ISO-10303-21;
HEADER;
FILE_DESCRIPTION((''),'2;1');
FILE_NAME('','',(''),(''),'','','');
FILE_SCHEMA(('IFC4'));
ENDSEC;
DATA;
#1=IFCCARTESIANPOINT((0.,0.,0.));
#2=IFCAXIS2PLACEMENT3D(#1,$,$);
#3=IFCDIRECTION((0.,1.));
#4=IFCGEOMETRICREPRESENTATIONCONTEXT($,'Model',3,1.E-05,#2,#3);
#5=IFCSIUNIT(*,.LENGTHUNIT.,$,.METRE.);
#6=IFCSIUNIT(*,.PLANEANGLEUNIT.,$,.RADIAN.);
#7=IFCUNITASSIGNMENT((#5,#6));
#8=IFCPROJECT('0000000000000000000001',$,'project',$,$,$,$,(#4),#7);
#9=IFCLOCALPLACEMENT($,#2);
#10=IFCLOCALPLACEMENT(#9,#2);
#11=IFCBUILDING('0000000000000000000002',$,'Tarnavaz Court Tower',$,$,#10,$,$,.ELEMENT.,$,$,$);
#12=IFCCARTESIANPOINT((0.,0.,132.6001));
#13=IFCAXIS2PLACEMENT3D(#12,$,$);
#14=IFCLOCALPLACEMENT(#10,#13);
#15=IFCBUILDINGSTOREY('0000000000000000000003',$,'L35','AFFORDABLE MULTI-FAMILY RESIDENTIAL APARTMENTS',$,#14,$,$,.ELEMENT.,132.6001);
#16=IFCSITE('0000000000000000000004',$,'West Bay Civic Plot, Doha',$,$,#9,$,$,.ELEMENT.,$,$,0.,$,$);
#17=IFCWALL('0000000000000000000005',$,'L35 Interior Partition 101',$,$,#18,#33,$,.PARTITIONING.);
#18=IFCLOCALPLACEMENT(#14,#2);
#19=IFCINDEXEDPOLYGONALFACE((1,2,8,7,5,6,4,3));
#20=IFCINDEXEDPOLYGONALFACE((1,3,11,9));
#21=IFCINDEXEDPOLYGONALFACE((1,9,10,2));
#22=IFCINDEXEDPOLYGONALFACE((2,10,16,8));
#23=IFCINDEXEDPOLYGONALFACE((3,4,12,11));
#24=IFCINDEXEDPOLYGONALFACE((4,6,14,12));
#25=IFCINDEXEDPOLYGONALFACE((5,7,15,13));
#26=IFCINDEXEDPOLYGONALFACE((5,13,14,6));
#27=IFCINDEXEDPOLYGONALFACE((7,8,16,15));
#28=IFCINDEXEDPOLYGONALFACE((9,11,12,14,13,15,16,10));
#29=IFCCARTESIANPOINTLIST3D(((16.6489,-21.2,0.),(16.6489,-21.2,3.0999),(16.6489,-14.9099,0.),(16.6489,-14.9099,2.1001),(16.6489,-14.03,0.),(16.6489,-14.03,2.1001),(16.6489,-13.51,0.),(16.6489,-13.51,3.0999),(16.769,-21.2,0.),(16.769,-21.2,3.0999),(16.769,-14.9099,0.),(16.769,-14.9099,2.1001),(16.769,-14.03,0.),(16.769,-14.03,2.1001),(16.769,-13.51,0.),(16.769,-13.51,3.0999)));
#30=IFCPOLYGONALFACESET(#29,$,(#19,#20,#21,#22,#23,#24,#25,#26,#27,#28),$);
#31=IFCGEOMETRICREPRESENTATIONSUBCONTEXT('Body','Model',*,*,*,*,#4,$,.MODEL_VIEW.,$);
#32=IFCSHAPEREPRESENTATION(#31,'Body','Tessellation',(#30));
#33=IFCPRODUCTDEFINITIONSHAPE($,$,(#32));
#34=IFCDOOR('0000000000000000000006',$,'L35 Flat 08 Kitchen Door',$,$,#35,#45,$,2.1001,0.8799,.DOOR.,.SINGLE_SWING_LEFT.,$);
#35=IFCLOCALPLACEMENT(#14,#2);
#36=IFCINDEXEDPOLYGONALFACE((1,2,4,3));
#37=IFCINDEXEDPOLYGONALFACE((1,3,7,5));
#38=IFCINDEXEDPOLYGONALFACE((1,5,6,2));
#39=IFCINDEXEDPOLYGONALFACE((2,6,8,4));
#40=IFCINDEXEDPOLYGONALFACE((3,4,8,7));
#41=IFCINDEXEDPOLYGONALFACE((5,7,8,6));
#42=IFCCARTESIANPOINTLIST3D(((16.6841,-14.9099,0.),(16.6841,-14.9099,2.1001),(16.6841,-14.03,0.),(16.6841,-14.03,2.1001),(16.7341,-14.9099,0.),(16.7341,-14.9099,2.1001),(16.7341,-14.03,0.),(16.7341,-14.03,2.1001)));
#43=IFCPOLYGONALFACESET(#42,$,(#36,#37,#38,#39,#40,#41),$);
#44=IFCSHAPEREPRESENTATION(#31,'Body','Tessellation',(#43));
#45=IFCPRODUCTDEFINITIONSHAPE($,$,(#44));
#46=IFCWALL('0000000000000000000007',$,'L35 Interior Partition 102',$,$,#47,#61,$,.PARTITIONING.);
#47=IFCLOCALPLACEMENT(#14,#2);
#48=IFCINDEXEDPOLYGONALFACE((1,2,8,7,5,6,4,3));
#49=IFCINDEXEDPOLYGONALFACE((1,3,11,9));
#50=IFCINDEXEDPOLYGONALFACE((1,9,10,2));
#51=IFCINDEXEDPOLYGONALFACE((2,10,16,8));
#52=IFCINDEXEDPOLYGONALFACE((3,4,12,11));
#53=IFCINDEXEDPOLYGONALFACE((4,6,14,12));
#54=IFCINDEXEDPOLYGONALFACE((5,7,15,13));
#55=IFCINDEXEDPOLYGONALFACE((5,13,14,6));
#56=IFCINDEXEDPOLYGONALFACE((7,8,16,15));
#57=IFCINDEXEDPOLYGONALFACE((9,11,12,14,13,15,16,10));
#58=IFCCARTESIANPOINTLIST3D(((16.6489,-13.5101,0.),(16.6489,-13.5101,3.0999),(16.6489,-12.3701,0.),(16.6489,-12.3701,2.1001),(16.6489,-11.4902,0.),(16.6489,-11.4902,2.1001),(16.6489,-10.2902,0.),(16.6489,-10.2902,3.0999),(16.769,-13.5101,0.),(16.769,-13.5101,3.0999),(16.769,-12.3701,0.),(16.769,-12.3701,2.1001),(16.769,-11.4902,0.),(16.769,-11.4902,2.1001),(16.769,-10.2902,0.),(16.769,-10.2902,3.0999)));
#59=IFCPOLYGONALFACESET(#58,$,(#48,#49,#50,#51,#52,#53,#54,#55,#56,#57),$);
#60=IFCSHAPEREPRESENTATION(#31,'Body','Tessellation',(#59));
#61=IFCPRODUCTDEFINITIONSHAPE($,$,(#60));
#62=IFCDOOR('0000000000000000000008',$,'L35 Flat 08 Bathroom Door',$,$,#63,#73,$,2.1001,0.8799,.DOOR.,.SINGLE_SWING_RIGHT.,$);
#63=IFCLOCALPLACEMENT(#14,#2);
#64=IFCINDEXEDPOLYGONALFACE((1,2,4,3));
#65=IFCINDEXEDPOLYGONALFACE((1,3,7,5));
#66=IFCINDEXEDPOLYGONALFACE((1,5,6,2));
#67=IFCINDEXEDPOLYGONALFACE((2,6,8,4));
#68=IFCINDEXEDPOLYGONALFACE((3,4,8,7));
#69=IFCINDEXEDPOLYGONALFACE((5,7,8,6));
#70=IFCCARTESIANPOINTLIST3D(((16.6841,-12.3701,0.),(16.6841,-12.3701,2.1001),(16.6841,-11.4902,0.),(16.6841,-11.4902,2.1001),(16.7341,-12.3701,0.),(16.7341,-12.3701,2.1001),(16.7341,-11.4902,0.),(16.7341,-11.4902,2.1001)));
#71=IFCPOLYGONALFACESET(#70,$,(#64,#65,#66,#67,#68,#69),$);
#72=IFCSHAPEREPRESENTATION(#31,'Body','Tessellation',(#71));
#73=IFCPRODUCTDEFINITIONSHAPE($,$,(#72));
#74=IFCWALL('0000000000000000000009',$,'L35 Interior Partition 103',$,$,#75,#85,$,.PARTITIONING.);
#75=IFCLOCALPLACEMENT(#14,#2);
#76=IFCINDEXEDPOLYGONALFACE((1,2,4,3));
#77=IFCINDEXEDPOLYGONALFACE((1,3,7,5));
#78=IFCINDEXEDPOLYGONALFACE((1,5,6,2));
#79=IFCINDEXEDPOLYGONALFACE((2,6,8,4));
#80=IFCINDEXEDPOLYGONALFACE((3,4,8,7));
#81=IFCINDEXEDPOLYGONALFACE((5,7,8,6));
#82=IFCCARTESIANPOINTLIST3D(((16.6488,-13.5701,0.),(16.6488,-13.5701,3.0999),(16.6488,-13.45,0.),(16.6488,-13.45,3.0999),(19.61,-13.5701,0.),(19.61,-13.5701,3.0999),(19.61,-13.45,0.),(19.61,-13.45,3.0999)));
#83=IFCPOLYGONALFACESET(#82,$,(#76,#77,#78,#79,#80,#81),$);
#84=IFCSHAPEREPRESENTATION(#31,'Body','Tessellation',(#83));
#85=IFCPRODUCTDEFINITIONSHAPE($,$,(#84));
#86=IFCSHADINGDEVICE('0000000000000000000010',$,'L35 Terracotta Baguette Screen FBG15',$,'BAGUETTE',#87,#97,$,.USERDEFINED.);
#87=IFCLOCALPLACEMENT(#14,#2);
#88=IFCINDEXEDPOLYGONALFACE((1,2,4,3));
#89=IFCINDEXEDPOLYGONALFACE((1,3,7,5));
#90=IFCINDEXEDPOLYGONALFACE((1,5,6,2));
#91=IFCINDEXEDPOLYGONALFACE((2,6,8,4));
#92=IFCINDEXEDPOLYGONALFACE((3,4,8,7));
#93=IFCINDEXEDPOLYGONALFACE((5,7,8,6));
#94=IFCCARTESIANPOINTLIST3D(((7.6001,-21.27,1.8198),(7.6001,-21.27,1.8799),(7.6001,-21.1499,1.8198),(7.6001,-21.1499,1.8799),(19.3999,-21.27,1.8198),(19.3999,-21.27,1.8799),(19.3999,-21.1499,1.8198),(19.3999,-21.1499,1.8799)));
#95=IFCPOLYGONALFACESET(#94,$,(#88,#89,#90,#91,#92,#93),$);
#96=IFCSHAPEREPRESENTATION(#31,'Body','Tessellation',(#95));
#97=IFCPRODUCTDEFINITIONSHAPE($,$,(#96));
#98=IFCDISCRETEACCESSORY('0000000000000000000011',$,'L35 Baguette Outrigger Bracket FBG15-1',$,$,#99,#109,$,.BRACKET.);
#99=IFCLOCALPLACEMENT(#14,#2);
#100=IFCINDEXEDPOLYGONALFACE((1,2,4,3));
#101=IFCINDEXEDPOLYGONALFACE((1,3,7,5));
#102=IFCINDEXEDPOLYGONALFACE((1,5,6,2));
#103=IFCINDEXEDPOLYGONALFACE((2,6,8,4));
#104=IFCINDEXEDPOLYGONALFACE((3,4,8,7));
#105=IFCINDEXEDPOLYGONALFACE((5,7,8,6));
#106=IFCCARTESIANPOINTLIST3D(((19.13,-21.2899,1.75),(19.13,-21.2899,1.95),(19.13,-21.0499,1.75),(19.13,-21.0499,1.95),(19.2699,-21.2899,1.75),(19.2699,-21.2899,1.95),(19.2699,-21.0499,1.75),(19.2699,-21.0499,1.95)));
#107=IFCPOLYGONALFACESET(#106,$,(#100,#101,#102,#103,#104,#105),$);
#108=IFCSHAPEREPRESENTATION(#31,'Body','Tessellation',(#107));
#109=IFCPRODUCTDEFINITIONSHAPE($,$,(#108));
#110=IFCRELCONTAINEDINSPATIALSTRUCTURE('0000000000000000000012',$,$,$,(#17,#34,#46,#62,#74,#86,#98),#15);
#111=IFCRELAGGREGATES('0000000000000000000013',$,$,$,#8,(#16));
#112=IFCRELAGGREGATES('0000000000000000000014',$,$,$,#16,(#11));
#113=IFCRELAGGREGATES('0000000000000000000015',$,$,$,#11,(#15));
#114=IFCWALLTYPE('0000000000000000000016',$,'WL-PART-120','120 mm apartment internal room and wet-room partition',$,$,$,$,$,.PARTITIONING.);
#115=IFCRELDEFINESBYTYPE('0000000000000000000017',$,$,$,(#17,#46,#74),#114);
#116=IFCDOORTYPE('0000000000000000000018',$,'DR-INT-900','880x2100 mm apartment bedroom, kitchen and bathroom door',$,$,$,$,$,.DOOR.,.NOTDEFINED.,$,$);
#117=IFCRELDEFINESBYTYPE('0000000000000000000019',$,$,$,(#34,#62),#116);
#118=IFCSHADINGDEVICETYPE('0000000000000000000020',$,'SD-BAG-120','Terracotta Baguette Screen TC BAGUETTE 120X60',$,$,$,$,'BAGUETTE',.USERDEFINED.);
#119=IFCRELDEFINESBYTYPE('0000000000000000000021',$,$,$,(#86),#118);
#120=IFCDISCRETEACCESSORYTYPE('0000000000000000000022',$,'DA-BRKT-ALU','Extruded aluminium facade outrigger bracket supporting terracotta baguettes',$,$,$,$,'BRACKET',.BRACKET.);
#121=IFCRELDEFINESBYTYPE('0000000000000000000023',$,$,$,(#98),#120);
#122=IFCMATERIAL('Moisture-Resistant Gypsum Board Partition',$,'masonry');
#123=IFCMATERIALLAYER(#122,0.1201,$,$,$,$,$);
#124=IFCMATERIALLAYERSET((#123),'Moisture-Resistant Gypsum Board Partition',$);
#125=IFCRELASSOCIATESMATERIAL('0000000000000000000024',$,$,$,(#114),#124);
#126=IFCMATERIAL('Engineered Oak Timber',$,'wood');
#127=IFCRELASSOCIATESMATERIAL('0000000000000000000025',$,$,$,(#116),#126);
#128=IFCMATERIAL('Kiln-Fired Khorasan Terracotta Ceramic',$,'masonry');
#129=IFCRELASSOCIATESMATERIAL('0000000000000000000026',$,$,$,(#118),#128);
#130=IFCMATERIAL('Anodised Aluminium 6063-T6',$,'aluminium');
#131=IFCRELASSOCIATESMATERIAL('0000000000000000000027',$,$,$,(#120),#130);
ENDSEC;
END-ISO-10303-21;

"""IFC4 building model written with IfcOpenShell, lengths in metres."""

from ifc_helpers import new_model, si_unit, direction, frame, frame_2d, origin, origin_2d, place, context, subcontext, project, spatial, rectangle, extrude, material, layer, layer_set, material_profile, profile_set, type_object, element, fill, save


model = new_model("IFC4")

# Units and contexts
model_context = context("Model", 3, precision=1e-05, world=origin(), true_north=direction((0.0, 1.0)))
body_context = subcontext(model_context, "Body", "Model", "MODEL_VIEW")
ifc_project = project(units=[si_unit("LENGTHUNIT", "METRE"), si_unit("PLANEANGLEUNIT", "RADIAN")], contexts=[model_context])

# Site, building, storey
site_placement = place(None, origin())
site = spatial("IfcSite", under=ifc_project, at=site_placement, Name="West Bay Civic Plot, Doha", CompositionType="ELEMENT", RefElevation=0.0)
building_placement = place(site_placement, origin())
building = spatial("IfcBuilding", under=site, at=building_placement, Name="Tarnavaz Court Tower", CompositionType="ELEMENT")
storey_placement = place(building_placement, frame((0.0, 0.0, 132.6001)))
storey = spatial("IfcBuildingStorey", under=building, at=storey_placement, Name="L35", Description="AFFORDABLE MULTI-FAMILY RESIDENTIAL APARTMENTS", CompositionType="ELEMENT", Elevation=132.6001)

# Walls, openings, doors
ifc_material_1 = material(Name="Moisture-Resistant Gypsum Board Partition", Category="masonry")
ifc_layer_1 = layer(ifc_material_1, 0.1201)
ifc_layer_set_1 = layer_set([ifc_layer_1], Name="Moisture-Resistant Gypsum Board Partition")
wall_type_1 = type_object("IfcWallType", Name="WL-PART-120", Description="120 mm apartment internal room and wet-room partition", PredefinedType="PARTITIONING", material=ifc_layer_set_1)
ifc_material_2 = material(Name="Engineered Oak Timber", Category="wood")
door_type = type_object("IfcDoorType", Name="DR-INT-900", Description="880x2100 mm apartment bedroom, kitchen and bathroom door", OperationType="NOTDEFINED", PredefinedType="DOOR", material=ifc_material_2)
wall_1_placement = place(storey_placement, frame((16.709, -21.2, 0.0), z_axis=(0.0, 0.0, 1.0), x_axis=(0.0, 1.0, 0.0)))
wall_1 = element("IfcWall", 1, at=wall_1_placement, inside=storey, type_object=wall_type_1, Name="L35 Interior Partition 101", PredefinedType="PARTITIONING", context=body_context, shape_type="SweptSolid", body=[
    extrude(rectangle(XDim=7.6899, YDim=0.1201, at=frame_2d((3.845, 0.0))), origin(), (0.0, 0.0, 1.0), 3.0999),
])
opening_1_placement = place(wall_1_placement, frame((6.29, 0.0, 0.0)))
opening_1 = element("IfcOpeningElement", 2, at=opening_1_placement, cuts=wall_1, PredefinedType="OPENING", context=body_context, shape_type="SweptSolid", body=[
    extrude(rectangle(XDim=0.8799, YDim=2.1001, at=frame_2d((0.4399, 1.05))), frame((0.0, 0.0701, 0.0), z_axis=(0.0, -1.0, 0.0), x_axis=(1.0, 0.0, 0.0)), (0.0, 0.0, 1.0), 0.1401),
])
door_1_placement = place(opening_1_placement, origin())
door_1 = element("IfcDoor", 3, at=door_1_placement, inside=storey, type_object=door_type, Name="L35 Flat 08 Kitchen Door", OperationType="SINGLE_SWING_LEFT", OverallHeight=2.1001, OverallWidth=0.8799, PredefinedType="DOOR", context=body_context, shape_type="SweptSolid", body=[
    extrude(rectangle(XDim=0.8799, YDim=2.1001, at=frame_2d((0.4399, 1.05))), frame((0.0, 0.0249, 0.0), z_axis=(0.0, -1.0, 0.0), x_axis=(1.0, 0.0, 0.0)), (0.0, 0.0, 1.0), 0.05),
])
fill(opening_1, door_1)
wall_2_placement = place(storey_placement, frame((16.709, -13.51, 0.0), z_axis=(0.0, 0.0, 1.0), x_axis=(0.0, 1.0, 0.0)))
wall_2 = element("IfcWall", 4, at=wall_2_placement, inside=storey, type_object=wall_type_1, Name="L35 Interior Partition 102", PredefinedType="PARTITIONING", context=body_context, shape_type="SweptSolid", body=[
    extrude(rectangle(XDim=3.22, YDim=0.1201, at=frame_2d((1.6099, 0.0))), origin(), (0.0, 0.0, 1.0), 3.0999),
])
opening_2_placement = place(wall_2_placement, frame((1.1399, 0.0, 0.0)))
opening_2 = element("IfcOpeningElement", 5, at=opening_2_placement, cuts=wall_2, PredefinedType="OPENING", context=body_context, shape_type="SweptSolid", body=[
    extrude(rectangle(XDim=0.8799, YDim=2.1001, at=frame_2d((0.4399, 1.05))), frame((0.0, 0.0701, 0.0), z_axis=(0.0, -1.0, 0.0), x_axis=(1.0, 0.0, 0.0)), (0.0, 0.0, 1.0), 0.1401),
])
door_2_placement = place(opening_2_placement, origin())
door_2 = element("IfcDoor", 6, at=door_2_placement, inside=storey, type_object=door_type, Name="L35 Flat 08 Bathroom Door", OperationType="SINGLE_SWING_RIGHT", OverallHeight=2.1001, OverallWidth=0.8799, PredefinedType="DOOR", context=body_context, shape_type="SweptSolid", body=[
    extrude(rectangle(XDim=0.8799, YDim=2.1001, at=frame_2d((0.4399, 1.05))), frame((0.0, 0.0249, 0.0), z_axis=(0.0, -1.0, 0.0), x_axis=(1.0, 0.0, 0.0)), (0.0, 0.0, 1.0), 0.05),
])
fill(opening_2, door_2)

# Wall
wall_3_placement = place(storey_placement, frame((16.6489, -13.51, 0.0), z_axis=(0.0, 0.0, 1.0), x_axis=(1.0, 0.0, 0.0)))
element("IfcWall", 7, at=wall_3_placement, inside=storey, type_object=wall_type_1, Name="L35 Interior Partition 103", PredefinedType="PARTITIONING", context=body_context, shape_type="SweptSolid", body=[
    extrude(rectangle(XDim=2.9612, YDim=0.1201, at=frame_2d((1.4805, 0.0))), origin(), (0.0, 0.0, 1.0), 3.0999),
])

# Shading device
ifc_material_3 = material(Name="Kiln-Fired Khorasan Terracotta Ceramic", Category="masonry")
ifc_material_profile_1 = material_profile(ifc_material_3, rectangle(XDim=0.1201, YDim=0.0601, at=origin_2d()), Name="TC BAGUETTE 120X60")
ifc_profile_set_1 = profile_set([ifc_material_profile_1], Name="Kiln-Fired Khorasan Terracotta Ceramic")
shading_device_type = type_object("IfcShadingDeviceType", Name="SD-BAG-120", Description="Terracotta Baguette Screen TC BAGUETTE 120X60", ElementType="BAGUETTE", PredefinedType="USERDEFINED", material=ifc_profile_set_1)
shading_device_placement = place(storey_placement, frame((19.3999, -21.21, 1.8499), z_axis=(-1.0, 0.0, 0.0), x_axis=(0.0, -1.0, 0.0)))
element("IfcShadingDevice", 8, at=shading_device_placement, inside=storey, type_object=shading_device_type, Name="L35 Terracotta Baguette Screen FBG15", ObjectType="BAGUETTE", PredefinedType="USERDEFINED", context=body_context, shape_type="SweptSolid", body=[
    extrude(rectangle(XDim=0.1201, YDim=0.0601, at=origin_2d()), origin(), (0.0, 0.0, 1.0), 11.7998),
])

# Discrete accessory
ifc_material_4 = material(Name="Anodised Aluminium 6063-T6", Category="aluminium")
discrete_accessory_type = type_object("IfcDiscreteAccessoryType", Name="DA-BRKT-ALU", Description="Extruded aluminium facade outrigger bracket supporting terracotta baguettes", ElementType="BRACKET", PredefinedType="BRACKET", material=ifc_material_4)
discrete_accessory_placement = place(storey_placement, frame((19.2, -21.1699, 1.75), z_axis=(0.0, 0.0, 1.0), x_axis=(-1.0, 0.0, 0.0)))
element("IfcDiscreteAccessory", 9, at=discrete_accessory_placement, inside=storey, type_object=discrete_accessory_type, Name="L35 Baguette Outrigger Bracket FBG15-1", PredefinedType="BRACKET", context=body_context, shape_type="SweptSolid", body=[
    extrude(rectangle(XDim=0.1399, YDim=0.24, at=origin_2d()), origin(), (0.0, 0.0, 1.0), 0.2),
])

save(model, "model.ifc")
